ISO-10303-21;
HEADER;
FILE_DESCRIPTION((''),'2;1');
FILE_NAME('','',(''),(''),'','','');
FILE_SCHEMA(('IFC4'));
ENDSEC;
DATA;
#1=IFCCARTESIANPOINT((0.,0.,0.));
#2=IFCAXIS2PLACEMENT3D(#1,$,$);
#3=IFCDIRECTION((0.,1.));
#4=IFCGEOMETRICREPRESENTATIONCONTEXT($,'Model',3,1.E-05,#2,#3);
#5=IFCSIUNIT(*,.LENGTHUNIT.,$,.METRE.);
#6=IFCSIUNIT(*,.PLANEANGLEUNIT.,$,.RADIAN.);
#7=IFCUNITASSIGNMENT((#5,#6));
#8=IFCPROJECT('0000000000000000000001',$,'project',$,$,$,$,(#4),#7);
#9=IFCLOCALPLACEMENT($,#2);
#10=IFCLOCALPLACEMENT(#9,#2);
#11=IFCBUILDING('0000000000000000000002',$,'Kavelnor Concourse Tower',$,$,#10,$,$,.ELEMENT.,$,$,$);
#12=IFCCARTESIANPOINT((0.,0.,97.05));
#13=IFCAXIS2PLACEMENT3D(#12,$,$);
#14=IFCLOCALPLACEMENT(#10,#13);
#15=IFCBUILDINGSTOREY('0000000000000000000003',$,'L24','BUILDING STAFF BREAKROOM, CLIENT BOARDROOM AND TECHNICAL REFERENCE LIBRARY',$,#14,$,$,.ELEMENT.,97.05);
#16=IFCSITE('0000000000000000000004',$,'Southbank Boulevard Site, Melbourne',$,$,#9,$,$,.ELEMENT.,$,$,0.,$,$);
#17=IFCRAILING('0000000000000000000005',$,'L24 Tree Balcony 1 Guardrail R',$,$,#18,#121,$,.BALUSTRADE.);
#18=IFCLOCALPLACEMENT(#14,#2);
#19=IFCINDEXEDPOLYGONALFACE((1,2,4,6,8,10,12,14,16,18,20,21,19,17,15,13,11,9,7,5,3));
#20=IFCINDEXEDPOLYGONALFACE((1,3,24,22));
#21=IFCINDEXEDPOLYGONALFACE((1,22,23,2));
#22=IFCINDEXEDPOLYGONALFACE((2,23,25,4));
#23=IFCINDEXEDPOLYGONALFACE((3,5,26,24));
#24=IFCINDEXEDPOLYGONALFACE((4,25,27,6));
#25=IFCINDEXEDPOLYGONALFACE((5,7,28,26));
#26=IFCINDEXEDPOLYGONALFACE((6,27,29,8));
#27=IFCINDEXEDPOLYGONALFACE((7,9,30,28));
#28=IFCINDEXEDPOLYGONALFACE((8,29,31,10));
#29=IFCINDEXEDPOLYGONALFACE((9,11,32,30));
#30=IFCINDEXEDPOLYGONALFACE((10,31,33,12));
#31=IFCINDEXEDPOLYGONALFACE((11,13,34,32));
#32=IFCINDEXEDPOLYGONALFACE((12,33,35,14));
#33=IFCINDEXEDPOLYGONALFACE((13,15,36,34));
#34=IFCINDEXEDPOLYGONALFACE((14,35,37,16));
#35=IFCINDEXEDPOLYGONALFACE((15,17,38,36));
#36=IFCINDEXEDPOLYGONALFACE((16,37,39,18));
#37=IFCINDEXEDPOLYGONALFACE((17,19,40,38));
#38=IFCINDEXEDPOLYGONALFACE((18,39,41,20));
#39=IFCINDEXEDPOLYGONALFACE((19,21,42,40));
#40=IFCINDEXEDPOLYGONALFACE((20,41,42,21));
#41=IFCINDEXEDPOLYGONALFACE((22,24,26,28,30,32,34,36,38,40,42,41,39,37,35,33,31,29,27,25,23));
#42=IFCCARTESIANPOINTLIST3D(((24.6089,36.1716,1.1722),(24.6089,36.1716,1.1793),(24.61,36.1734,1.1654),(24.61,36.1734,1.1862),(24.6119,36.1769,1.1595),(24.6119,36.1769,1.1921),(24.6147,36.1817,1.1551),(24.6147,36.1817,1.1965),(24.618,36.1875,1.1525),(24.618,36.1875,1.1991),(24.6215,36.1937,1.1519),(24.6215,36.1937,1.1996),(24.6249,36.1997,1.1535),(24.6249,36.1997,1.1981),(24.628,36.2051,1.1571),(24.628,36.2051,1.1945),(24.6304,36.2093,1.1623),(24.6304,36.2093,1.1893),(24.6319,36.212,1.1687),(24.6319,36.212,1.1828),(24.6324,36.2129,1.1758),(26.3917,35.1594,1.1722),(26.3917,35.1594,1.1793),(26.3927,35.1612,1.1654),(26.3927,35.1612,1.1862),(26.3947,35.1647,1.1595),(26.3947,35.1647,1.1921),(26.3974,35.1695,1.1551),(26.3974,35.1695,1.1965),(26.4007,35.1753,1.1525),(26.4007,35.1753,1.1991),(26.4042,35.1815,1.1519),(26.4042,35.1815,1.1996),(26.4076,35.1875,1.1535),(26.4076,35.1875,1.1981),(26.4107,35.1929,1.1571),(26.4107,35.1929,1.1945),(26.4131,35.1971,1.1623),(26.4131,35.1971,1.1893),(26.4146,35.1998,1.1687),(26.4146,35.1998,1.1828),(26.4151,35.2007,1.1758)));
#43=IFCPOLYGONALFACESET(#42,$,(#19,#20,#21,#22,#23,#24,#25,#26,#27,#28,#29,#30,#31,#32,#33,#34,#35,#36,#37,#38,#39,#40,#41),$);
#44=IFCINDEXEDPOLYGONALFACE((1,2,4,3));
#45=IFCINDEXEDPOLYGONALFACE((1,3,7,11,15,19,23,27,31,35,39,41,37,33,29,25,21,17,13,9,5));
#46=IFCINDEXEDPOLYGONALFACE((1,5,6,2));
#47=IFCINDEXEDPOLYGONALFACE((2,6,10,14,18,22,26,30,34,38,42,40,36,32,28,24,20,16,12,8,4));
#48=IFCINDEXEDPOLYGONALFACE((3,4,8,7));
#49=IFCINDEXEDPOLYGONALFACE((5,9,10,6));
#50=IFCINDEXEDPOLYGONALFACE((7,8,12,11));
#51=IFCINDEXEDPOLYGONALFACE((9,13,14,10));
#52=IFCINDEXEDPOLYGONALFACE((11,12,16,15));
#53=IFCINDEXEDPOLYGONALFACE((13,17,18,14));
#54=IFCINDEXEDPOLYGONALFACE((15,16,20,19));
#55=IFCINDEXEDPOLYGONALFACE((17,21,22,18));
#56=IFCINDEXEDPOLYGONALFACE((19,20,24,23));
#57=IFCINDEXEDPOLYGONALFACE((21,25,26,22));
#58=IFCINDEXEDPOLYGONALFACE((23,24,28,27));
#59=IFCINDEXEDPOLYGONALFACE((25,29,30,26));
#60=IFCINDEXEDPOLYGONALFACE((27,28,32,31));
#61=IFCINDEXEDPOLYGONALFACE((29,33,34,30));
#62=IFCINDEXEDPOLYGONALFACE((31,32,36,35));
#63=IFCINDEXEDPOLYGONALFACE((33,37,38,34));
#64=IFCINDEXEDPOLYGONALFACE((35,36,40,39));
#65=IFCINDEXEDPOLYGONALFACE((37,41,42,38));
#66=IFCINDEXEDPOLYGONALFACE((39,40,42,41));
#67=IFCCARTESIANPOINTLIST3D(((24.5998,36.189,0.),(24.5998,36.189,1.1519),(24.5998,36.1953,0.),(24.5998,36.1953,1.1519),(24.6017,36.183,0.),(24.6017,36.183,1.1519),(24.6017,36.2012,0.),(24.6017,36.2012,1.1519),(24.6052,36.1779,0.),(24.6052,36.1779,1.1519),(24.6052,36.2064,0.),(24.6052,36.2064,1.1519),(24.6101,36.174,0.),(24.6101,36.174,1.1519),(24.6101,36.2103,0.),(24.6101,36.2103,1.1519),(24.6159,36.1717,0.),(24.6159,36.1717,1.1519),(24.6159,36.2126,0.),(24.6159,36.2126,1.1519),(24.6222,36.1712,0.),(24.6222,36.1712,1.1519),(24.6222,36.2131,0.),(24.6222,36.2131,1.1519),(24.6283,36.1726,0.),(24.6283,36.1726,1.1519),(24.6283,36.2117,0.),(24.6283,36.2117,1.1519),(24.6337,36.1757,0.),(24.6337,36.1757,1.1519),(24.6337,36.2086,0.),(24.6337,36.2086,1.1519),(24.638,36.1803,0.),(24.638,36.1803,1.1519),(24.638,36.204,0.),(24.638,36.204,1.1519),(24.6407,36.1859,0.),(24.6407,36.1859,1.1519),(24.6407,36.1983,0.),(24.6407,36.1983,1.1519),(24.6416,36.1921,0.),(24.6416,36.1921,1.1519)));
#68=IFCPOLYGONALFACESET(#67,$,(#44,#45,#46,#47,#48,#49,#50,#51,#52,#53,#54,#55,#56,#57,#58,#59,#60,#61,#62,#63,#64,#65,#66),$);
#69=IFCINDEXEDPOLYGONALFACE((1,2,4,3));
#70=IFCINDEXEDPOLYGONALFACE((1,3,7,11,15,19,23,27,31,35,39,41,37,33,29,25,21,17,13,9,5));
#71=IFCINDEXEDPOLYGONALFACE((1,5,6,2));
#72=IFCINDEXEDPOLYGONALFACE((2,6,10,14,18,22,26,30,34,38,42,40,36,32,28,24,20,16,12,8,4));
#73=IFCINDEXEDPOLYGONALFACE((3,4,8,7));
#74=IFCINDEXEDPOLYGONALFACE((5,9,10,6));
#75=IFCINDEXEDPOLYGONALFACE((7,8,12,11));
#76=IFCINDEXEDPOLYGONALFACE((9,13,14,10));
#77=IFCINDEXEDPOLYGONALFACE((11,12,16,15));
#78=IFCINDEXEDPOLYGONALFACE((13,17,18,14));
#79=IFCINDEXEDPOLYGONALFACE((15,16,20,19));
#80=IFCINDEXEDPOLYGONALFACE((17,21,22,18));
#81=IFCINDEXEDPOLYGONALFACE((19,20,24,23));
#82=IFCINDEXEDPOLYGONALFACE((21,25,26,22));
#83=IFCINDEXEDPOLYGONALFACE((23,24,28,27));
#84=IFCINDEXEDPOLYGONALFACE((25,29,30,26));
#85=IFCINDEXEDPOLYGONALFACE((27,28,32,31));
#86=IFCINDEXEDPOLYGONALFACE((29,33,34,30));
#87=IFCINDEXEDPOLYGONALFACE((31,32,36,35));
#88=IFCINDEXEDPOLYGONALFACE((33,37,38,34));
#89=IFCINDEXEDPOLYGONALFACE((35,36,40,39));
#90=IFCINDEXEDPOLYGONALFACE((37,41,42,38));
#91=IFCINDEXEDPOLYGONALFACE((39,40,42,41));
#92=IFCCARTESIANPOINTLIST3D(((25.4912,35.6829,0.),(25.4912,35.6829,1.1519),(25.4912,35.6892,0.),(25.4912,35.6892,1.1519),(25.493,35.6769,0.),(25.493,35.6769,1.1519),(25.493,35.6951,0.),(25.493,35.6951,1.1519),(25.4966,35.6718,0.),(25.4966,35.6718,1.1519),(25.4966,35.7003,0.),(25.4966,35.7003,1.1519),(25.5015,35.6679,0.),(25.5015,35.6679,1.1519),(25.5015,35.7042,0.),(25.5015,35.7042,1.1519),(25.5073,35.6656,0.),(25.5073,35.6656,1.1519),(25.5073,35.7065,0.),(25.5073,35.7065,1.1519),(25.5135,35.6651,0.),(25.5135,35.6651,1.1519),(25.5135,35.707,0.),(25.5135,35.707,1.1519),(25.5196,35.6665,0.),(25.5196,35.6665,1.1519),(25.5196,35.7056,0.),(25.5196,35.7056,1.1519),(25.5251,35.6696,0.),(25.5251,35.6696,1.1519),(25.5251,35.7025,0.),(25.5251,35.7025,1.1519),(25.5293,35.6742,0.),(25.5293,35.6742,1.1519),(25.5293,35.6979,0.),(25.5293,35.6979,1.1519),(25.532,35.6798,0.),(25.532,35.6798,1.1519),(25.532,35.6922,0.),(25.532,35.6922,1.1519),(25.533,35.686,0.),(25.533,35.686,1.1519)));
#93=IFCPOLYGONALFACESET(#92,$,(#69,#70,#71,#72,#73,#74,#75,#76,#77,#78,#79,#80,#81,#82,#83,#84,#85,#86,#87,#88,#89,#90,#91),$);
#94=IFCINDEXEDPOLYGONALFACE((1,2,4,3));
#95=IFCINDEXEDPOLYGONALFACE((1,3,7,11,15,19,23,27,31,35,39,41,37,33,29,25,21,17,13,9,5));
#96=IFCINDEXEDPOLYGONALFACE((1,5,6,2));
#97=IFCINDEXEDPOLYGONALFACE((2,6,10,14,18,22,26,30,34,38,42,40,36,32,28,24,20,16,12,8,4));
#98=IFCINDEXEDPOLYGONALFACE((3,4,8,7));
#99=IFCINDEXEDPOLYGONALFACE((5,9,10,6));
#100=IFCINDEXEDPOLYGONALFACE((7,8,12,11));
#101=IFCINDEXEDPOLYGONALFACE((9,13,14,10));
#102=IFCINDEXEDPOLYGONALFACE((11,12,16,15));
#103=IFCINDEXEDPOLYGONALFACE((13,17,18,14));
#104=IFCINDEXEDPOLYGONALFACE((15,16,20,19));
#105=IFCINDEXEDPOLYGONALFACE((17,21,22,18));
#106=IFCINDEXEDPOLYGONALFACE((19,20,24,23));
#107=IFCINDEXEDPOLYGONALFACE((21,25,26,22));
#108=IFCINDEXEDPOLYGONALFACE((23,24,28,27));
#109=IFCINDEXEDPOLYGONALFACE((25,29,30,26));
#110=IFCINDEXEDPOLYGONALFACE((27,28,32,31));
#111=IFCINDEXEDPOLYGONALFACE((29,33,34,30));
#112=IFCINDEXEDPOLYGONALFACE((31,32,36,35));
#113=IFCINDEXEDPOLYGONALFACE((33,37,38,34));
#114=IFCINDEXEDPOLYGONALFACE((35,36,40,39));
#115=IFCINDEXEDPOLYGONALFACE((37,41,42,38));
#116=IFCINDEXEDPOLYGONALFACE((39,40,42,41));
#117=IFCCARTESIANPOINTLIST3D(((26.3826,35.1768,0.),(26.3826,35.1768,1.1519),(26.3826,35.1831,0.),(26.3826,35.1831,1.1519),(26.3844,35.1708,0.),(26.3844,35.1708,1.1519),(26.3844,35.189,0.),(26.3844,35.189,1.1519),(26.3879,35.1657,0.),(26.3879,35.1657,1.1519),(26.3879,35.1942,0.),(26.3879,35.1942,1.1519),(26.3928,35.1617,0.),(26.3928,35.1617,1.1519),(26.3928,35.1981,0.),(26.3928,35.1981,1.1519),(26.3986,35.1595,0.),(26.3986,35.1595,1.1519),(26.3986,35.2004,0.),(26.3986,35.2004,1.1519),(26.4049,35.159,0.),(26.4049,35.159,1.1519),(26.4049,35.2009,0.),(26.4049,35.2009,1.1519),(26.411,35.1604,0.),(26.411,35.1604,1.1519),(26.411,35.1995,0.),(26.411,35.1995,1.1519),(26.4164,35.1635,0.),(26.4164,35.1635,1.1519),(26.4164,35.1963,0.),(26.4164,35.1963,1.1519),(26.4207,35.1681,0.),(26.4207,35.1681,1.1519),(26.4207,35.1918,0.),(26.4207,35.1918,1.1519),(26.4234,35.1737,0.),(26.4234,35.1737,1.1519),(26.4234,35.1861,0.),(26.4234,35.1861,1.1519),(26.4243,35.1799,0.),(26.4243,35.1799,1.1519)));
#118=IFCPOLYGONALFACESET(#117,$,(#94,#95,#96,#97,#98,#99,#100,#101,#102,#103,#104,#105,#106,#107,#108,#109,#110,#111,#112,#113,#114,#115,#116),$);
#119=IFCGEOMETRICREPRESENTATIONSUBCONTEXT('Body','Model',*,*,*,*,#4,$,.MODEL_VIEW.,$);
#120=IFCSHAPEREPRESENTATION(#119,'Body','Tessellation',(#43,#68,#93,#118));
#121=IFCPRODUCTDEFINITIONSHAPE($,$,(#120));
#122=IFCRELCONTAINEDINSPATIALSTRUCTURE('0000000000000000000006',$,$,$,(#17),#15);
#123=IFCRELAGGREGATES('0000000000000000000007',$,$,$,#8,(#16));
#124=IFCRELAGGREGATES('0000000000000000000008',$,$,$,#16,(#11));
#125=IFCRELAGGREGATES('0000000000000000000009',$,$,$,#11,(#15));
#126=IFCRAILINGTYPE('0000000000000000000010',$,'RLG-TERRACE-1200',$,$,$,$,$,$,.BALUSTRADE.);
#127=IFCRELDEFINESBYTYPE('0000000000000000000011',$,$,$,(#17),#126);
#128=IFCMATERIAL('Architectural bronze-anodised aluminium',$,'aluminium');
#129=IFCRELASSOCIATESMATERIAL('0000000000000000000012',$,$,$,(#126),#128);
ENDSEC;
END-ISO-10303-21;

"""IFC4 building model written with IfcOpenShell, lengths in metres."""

from ifc_helpers import new_model, si_unit, direction, frame, origin, origin_2d, place, context, subcontext, project, spatial, circle, extrude, material, type_object, element, save


model = new_model("IFC4")

# Units and contexts
model_context = context("Model", 3, precision=1e-05, world=origin(), true_north=direction((0.0, 1.0)))
body_context = subcontext(model_context, "Body", "Model", "MODEL_VIEW")
ifc_project = project(units=[si_unit("LENGTHUNIT", "METRE"), si_unit("PLANEANGLEUNIT", "RADIAN")], contexts=[model_context])

# Site, building, storey
site_placement = place(None, origin())
site = spatial("IfcSite", under=ifc_project, at=site_placement, Name="Southbank Boulevard Site, Melbourne", CompositionType="ELEMENT", RefElevation=0.0)
building_placement = place(site_placement, origin())
building = spatial("IfcBuilding", under=site, at=building_placement, Name="Kavelnor Concourse Tower", CompositionType="ELEMENT")
storey_placement = place(building_placement, frame((0.0, 0.0, 97.05)))
storey = spatial("IfcBuildingStorey", under=building, at=storey_placement, Name="L24", Description="BUILDING STAFF BREAKROOM, CLIENT BOARDROOM AND TECHNICAL REFERENCE LIBRARY", CompositionType="ELEMENT", Elevation=97.05)

# Railing
ifc_material_1 = material(Name="Architectural bronze-anodised aluminium", Category="aluminium")
railing_type = type_object("IfcRailingType", Name="RLG-TERRACE-1200", PredefinedType="BALUSTRADE", material=ifc_material_1)
railing_1_placement = place(storey_placement, frame((24.6206, 36.1921, 0.0)))
element("IfcRailing", 1, at=railing_1_placement, inside=storey, type_object=railing_type, Name="L24 Tree Balcony 1 Guardrail R", PredefinedType="BALUSTRADE", context=body_context, shape_type="SweptSolid", body=[
    extrude(circle(Radius=0.0239, at=origin_2d()), frame((0.0, 0.0, 1.1758), z_axis=(0.869603, -0.493752, 0.0), x_axis=(0.493752, 0.869603, 0.0)), (0.0, 0.0, 1.0), 2.05),
    extrude(circle(Radius=0.021, at=origin_2d()), origin(), (0.0, 0.0, 1.0), 1.1519),
    extrude(circle(Radius=0.021, at=origin_2d()), frame((0.8914, -0.5061, 0.0)), (0.0, 0.0, 1.0), 1.1519),
    extrude(circle(Radius=0.021, at=origin_2d()), frame((1.7827, -1.0122, 0.0)), (0.0, 0.0, 1.0), 1.1519),
])

save(model, "model.ifc")
